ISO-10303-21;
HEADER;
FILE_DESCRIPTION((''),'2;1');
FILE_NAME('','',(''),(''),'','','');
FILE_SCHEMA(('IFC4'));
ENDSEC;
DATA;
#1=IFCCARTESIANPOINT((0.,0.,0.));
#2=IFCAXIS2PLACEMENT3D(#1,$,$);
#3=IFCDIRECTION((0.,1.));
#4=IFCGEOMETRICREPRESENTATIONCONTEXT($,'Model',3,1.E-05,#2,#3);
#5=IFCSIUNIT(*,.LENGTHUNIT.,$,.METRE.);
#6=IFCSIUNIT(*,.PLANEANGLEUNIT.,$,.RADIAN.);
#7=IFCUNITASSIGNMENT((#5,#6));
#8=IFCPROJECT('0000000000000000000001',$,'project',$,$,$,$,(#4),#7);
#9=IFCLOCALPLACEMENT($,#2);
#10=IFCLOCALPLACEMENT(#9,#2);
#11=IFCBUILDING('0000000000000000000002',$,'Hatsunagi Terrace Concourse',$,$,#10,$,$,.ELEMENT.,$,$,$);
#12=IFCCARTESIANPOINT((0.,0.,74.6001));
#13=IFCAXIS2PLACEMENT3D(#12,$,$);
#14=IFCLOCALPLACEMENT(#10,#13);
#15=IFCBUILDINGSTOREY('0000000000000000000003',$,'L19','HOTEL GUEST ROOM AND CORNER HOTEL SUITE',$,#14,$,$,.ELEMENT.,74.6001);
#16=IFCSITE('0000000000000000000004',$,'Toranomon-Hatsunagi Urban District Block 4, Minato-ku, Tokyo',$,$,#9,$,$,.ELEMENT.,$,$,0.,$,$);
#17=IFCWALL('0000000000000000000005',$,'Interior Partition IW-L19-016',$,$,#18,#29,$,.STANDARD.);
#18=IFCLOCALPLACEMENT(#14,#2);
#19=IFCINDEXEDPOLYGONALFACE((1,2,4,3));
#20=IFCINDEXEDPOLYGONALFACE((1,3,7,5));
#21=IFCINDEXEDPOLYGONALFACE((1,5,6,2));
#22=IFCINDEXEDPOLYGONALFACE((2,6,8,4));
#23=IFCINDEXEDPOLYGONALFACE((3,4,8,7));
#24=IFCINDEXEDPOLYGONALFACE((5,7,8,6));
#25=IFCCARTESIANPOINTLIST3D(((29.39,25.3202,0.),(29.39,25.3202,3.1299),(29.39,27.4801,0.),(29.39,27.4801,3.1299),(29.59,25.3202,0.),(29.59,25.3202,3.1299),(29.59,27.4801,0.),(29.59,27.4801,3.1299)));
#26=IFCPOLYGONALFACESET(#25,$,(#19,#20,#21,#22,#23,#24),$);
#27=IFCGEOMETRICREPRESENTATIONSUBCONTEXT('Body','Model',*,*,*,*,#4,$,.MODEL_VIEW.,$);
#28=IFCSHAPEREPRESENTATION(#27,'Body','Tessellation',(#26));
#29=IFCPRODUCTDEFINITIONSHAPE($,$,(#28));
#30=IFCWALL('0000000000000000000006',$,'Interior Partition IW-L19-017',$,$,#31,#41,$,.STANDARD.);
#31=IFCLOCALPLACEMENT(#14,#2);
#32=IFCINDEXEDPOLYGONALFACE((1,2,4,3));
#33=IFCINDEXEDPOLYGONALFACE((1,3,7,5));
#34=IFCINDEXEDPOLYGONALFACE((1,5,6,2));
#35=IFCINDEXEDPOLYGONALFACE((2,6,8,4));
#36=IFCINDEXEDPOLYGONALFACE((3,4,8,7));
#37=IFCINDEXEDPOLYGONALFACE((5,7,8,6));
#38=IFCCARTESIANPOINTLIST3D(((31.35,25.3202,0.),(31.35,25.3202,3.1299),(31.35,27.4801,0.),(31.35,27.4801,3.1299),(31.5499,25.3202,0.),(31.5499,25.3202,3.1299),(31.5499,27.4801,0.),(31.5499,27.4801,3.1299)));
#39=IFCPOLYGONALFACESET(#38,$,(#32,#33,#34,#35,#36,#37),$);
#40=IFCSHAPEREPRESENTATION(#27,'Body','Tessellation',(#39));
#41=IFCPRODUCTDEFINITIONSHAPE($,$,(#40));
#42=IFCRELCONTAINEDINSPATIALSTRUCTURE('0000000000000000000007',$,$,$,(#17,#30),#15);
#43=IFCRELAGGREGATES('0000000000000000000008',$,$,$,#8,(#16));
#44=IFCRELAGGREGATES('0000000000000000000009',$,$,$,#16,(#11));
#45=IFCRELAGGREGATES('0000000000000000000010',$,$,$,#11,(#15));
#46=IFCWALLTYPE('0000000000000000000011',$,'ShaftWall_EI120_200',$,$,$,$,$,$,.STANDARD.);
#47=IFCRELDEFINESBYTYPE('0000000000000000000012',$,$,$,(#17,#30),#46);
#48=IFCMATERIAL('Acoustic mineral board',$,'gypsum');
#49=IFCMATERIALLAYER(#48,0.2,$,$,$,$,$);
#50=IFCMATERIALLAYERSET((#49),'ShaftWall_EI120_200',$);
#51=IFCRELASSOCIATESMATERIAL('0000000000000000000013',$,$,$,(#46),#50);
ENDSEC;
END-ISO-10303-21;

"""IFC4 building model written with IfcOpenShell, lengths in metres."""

from ifc_helpers import new_model, si_unit, direction, frame, frame_2d, origin, place, context, subcontext, project, spatial, rectangle, extrude, material, layer, layer_set, type_object, element, save


model = new_model("IFC4")

# Units and contexts
model_context = context("Model", 3, precision=1e-05, world=origin(), true_north=direction((0.0, 1.0)))
body_context = subcontext(model_context, "Body", "Model", "MODEL_VIEW")
ifc_project = project(units=[si_unit("LENGTHUNIT", "METRE"), si_unit("PLANEANGLEUNIT", "RADIAN")], contexts=[model_context])

# Site, building, storey
site_placement = place(None, origin())
site = spatial("IfcSite", under=ifc_project, at=site_placement, Name="Toranomon-Hatsunagi Urban District Block 4, Minato-ku, Tokyo", CompositionType="ELEMENT", RefElevation=0.0)
building_placement = place(site_placement, origin())
building = spatial("IfcBuilding", under=site, at=building_placement, Name="Hatsunagi Terrace Concourse", CompositionType="ELEMENT")
storey_placement = place(building_placement, frame((0.0, 0.0, 74.6001)))
storey = spatial("IfcBuildingStorey", under=building, at=storey_placement, Name="L19", Description="HOTEL GUEST ROOM AND CORNER HOTEL SUITE", CompositionType="ELEMENT", Elevation=74.6001)

# Shared definitions
ifc_material_1 = material(Name="Acoustic mineral board", Category="gypsum")
ifc_layer_1 = layer(ifc_material_1, 0.2)
ifc_layer_set_1 = layer_set([ifc_layer_1], Name="ShaftWall_EI120_200")
wall_type_1 = type_object("IfcWallType", Name="ShaftWall_EI120_200", PredefinedType="STANDARD", material=ifc_layer_set_1)

# Walls
for number, where, z_axis, x_axis, name in (
    (1, (29.49, 25.3201, 0.0), (0.0, 0.0, 1.0), (0.0, 1.0, 0.0), "Interior Partition IW-L19-016"),
    (2, (31.45, 25.3201, 0.0), (0.0, 0.0, 1.0), (0.0, 1.0, 0.0), "Interior Partition IW-L19-017"),
):
    element("IfcWall", number, at=place(storey_placement, frame(where, z_axis=z_axis, x_axis=x_axis)), inside=storey, type_object=wall_type_1, Name=name, PredefinedType="STANDARD", context=body_context, shape_type="SweptSolid", body=[
        extrude(rectangle(XDim=2.1599, YDim=0.2, at=frame_2d((1.0801, 0.0))), origin(), (0.0, 0.0, 1.0), 3.1299),
    ])

save(model, "model.ifc")
